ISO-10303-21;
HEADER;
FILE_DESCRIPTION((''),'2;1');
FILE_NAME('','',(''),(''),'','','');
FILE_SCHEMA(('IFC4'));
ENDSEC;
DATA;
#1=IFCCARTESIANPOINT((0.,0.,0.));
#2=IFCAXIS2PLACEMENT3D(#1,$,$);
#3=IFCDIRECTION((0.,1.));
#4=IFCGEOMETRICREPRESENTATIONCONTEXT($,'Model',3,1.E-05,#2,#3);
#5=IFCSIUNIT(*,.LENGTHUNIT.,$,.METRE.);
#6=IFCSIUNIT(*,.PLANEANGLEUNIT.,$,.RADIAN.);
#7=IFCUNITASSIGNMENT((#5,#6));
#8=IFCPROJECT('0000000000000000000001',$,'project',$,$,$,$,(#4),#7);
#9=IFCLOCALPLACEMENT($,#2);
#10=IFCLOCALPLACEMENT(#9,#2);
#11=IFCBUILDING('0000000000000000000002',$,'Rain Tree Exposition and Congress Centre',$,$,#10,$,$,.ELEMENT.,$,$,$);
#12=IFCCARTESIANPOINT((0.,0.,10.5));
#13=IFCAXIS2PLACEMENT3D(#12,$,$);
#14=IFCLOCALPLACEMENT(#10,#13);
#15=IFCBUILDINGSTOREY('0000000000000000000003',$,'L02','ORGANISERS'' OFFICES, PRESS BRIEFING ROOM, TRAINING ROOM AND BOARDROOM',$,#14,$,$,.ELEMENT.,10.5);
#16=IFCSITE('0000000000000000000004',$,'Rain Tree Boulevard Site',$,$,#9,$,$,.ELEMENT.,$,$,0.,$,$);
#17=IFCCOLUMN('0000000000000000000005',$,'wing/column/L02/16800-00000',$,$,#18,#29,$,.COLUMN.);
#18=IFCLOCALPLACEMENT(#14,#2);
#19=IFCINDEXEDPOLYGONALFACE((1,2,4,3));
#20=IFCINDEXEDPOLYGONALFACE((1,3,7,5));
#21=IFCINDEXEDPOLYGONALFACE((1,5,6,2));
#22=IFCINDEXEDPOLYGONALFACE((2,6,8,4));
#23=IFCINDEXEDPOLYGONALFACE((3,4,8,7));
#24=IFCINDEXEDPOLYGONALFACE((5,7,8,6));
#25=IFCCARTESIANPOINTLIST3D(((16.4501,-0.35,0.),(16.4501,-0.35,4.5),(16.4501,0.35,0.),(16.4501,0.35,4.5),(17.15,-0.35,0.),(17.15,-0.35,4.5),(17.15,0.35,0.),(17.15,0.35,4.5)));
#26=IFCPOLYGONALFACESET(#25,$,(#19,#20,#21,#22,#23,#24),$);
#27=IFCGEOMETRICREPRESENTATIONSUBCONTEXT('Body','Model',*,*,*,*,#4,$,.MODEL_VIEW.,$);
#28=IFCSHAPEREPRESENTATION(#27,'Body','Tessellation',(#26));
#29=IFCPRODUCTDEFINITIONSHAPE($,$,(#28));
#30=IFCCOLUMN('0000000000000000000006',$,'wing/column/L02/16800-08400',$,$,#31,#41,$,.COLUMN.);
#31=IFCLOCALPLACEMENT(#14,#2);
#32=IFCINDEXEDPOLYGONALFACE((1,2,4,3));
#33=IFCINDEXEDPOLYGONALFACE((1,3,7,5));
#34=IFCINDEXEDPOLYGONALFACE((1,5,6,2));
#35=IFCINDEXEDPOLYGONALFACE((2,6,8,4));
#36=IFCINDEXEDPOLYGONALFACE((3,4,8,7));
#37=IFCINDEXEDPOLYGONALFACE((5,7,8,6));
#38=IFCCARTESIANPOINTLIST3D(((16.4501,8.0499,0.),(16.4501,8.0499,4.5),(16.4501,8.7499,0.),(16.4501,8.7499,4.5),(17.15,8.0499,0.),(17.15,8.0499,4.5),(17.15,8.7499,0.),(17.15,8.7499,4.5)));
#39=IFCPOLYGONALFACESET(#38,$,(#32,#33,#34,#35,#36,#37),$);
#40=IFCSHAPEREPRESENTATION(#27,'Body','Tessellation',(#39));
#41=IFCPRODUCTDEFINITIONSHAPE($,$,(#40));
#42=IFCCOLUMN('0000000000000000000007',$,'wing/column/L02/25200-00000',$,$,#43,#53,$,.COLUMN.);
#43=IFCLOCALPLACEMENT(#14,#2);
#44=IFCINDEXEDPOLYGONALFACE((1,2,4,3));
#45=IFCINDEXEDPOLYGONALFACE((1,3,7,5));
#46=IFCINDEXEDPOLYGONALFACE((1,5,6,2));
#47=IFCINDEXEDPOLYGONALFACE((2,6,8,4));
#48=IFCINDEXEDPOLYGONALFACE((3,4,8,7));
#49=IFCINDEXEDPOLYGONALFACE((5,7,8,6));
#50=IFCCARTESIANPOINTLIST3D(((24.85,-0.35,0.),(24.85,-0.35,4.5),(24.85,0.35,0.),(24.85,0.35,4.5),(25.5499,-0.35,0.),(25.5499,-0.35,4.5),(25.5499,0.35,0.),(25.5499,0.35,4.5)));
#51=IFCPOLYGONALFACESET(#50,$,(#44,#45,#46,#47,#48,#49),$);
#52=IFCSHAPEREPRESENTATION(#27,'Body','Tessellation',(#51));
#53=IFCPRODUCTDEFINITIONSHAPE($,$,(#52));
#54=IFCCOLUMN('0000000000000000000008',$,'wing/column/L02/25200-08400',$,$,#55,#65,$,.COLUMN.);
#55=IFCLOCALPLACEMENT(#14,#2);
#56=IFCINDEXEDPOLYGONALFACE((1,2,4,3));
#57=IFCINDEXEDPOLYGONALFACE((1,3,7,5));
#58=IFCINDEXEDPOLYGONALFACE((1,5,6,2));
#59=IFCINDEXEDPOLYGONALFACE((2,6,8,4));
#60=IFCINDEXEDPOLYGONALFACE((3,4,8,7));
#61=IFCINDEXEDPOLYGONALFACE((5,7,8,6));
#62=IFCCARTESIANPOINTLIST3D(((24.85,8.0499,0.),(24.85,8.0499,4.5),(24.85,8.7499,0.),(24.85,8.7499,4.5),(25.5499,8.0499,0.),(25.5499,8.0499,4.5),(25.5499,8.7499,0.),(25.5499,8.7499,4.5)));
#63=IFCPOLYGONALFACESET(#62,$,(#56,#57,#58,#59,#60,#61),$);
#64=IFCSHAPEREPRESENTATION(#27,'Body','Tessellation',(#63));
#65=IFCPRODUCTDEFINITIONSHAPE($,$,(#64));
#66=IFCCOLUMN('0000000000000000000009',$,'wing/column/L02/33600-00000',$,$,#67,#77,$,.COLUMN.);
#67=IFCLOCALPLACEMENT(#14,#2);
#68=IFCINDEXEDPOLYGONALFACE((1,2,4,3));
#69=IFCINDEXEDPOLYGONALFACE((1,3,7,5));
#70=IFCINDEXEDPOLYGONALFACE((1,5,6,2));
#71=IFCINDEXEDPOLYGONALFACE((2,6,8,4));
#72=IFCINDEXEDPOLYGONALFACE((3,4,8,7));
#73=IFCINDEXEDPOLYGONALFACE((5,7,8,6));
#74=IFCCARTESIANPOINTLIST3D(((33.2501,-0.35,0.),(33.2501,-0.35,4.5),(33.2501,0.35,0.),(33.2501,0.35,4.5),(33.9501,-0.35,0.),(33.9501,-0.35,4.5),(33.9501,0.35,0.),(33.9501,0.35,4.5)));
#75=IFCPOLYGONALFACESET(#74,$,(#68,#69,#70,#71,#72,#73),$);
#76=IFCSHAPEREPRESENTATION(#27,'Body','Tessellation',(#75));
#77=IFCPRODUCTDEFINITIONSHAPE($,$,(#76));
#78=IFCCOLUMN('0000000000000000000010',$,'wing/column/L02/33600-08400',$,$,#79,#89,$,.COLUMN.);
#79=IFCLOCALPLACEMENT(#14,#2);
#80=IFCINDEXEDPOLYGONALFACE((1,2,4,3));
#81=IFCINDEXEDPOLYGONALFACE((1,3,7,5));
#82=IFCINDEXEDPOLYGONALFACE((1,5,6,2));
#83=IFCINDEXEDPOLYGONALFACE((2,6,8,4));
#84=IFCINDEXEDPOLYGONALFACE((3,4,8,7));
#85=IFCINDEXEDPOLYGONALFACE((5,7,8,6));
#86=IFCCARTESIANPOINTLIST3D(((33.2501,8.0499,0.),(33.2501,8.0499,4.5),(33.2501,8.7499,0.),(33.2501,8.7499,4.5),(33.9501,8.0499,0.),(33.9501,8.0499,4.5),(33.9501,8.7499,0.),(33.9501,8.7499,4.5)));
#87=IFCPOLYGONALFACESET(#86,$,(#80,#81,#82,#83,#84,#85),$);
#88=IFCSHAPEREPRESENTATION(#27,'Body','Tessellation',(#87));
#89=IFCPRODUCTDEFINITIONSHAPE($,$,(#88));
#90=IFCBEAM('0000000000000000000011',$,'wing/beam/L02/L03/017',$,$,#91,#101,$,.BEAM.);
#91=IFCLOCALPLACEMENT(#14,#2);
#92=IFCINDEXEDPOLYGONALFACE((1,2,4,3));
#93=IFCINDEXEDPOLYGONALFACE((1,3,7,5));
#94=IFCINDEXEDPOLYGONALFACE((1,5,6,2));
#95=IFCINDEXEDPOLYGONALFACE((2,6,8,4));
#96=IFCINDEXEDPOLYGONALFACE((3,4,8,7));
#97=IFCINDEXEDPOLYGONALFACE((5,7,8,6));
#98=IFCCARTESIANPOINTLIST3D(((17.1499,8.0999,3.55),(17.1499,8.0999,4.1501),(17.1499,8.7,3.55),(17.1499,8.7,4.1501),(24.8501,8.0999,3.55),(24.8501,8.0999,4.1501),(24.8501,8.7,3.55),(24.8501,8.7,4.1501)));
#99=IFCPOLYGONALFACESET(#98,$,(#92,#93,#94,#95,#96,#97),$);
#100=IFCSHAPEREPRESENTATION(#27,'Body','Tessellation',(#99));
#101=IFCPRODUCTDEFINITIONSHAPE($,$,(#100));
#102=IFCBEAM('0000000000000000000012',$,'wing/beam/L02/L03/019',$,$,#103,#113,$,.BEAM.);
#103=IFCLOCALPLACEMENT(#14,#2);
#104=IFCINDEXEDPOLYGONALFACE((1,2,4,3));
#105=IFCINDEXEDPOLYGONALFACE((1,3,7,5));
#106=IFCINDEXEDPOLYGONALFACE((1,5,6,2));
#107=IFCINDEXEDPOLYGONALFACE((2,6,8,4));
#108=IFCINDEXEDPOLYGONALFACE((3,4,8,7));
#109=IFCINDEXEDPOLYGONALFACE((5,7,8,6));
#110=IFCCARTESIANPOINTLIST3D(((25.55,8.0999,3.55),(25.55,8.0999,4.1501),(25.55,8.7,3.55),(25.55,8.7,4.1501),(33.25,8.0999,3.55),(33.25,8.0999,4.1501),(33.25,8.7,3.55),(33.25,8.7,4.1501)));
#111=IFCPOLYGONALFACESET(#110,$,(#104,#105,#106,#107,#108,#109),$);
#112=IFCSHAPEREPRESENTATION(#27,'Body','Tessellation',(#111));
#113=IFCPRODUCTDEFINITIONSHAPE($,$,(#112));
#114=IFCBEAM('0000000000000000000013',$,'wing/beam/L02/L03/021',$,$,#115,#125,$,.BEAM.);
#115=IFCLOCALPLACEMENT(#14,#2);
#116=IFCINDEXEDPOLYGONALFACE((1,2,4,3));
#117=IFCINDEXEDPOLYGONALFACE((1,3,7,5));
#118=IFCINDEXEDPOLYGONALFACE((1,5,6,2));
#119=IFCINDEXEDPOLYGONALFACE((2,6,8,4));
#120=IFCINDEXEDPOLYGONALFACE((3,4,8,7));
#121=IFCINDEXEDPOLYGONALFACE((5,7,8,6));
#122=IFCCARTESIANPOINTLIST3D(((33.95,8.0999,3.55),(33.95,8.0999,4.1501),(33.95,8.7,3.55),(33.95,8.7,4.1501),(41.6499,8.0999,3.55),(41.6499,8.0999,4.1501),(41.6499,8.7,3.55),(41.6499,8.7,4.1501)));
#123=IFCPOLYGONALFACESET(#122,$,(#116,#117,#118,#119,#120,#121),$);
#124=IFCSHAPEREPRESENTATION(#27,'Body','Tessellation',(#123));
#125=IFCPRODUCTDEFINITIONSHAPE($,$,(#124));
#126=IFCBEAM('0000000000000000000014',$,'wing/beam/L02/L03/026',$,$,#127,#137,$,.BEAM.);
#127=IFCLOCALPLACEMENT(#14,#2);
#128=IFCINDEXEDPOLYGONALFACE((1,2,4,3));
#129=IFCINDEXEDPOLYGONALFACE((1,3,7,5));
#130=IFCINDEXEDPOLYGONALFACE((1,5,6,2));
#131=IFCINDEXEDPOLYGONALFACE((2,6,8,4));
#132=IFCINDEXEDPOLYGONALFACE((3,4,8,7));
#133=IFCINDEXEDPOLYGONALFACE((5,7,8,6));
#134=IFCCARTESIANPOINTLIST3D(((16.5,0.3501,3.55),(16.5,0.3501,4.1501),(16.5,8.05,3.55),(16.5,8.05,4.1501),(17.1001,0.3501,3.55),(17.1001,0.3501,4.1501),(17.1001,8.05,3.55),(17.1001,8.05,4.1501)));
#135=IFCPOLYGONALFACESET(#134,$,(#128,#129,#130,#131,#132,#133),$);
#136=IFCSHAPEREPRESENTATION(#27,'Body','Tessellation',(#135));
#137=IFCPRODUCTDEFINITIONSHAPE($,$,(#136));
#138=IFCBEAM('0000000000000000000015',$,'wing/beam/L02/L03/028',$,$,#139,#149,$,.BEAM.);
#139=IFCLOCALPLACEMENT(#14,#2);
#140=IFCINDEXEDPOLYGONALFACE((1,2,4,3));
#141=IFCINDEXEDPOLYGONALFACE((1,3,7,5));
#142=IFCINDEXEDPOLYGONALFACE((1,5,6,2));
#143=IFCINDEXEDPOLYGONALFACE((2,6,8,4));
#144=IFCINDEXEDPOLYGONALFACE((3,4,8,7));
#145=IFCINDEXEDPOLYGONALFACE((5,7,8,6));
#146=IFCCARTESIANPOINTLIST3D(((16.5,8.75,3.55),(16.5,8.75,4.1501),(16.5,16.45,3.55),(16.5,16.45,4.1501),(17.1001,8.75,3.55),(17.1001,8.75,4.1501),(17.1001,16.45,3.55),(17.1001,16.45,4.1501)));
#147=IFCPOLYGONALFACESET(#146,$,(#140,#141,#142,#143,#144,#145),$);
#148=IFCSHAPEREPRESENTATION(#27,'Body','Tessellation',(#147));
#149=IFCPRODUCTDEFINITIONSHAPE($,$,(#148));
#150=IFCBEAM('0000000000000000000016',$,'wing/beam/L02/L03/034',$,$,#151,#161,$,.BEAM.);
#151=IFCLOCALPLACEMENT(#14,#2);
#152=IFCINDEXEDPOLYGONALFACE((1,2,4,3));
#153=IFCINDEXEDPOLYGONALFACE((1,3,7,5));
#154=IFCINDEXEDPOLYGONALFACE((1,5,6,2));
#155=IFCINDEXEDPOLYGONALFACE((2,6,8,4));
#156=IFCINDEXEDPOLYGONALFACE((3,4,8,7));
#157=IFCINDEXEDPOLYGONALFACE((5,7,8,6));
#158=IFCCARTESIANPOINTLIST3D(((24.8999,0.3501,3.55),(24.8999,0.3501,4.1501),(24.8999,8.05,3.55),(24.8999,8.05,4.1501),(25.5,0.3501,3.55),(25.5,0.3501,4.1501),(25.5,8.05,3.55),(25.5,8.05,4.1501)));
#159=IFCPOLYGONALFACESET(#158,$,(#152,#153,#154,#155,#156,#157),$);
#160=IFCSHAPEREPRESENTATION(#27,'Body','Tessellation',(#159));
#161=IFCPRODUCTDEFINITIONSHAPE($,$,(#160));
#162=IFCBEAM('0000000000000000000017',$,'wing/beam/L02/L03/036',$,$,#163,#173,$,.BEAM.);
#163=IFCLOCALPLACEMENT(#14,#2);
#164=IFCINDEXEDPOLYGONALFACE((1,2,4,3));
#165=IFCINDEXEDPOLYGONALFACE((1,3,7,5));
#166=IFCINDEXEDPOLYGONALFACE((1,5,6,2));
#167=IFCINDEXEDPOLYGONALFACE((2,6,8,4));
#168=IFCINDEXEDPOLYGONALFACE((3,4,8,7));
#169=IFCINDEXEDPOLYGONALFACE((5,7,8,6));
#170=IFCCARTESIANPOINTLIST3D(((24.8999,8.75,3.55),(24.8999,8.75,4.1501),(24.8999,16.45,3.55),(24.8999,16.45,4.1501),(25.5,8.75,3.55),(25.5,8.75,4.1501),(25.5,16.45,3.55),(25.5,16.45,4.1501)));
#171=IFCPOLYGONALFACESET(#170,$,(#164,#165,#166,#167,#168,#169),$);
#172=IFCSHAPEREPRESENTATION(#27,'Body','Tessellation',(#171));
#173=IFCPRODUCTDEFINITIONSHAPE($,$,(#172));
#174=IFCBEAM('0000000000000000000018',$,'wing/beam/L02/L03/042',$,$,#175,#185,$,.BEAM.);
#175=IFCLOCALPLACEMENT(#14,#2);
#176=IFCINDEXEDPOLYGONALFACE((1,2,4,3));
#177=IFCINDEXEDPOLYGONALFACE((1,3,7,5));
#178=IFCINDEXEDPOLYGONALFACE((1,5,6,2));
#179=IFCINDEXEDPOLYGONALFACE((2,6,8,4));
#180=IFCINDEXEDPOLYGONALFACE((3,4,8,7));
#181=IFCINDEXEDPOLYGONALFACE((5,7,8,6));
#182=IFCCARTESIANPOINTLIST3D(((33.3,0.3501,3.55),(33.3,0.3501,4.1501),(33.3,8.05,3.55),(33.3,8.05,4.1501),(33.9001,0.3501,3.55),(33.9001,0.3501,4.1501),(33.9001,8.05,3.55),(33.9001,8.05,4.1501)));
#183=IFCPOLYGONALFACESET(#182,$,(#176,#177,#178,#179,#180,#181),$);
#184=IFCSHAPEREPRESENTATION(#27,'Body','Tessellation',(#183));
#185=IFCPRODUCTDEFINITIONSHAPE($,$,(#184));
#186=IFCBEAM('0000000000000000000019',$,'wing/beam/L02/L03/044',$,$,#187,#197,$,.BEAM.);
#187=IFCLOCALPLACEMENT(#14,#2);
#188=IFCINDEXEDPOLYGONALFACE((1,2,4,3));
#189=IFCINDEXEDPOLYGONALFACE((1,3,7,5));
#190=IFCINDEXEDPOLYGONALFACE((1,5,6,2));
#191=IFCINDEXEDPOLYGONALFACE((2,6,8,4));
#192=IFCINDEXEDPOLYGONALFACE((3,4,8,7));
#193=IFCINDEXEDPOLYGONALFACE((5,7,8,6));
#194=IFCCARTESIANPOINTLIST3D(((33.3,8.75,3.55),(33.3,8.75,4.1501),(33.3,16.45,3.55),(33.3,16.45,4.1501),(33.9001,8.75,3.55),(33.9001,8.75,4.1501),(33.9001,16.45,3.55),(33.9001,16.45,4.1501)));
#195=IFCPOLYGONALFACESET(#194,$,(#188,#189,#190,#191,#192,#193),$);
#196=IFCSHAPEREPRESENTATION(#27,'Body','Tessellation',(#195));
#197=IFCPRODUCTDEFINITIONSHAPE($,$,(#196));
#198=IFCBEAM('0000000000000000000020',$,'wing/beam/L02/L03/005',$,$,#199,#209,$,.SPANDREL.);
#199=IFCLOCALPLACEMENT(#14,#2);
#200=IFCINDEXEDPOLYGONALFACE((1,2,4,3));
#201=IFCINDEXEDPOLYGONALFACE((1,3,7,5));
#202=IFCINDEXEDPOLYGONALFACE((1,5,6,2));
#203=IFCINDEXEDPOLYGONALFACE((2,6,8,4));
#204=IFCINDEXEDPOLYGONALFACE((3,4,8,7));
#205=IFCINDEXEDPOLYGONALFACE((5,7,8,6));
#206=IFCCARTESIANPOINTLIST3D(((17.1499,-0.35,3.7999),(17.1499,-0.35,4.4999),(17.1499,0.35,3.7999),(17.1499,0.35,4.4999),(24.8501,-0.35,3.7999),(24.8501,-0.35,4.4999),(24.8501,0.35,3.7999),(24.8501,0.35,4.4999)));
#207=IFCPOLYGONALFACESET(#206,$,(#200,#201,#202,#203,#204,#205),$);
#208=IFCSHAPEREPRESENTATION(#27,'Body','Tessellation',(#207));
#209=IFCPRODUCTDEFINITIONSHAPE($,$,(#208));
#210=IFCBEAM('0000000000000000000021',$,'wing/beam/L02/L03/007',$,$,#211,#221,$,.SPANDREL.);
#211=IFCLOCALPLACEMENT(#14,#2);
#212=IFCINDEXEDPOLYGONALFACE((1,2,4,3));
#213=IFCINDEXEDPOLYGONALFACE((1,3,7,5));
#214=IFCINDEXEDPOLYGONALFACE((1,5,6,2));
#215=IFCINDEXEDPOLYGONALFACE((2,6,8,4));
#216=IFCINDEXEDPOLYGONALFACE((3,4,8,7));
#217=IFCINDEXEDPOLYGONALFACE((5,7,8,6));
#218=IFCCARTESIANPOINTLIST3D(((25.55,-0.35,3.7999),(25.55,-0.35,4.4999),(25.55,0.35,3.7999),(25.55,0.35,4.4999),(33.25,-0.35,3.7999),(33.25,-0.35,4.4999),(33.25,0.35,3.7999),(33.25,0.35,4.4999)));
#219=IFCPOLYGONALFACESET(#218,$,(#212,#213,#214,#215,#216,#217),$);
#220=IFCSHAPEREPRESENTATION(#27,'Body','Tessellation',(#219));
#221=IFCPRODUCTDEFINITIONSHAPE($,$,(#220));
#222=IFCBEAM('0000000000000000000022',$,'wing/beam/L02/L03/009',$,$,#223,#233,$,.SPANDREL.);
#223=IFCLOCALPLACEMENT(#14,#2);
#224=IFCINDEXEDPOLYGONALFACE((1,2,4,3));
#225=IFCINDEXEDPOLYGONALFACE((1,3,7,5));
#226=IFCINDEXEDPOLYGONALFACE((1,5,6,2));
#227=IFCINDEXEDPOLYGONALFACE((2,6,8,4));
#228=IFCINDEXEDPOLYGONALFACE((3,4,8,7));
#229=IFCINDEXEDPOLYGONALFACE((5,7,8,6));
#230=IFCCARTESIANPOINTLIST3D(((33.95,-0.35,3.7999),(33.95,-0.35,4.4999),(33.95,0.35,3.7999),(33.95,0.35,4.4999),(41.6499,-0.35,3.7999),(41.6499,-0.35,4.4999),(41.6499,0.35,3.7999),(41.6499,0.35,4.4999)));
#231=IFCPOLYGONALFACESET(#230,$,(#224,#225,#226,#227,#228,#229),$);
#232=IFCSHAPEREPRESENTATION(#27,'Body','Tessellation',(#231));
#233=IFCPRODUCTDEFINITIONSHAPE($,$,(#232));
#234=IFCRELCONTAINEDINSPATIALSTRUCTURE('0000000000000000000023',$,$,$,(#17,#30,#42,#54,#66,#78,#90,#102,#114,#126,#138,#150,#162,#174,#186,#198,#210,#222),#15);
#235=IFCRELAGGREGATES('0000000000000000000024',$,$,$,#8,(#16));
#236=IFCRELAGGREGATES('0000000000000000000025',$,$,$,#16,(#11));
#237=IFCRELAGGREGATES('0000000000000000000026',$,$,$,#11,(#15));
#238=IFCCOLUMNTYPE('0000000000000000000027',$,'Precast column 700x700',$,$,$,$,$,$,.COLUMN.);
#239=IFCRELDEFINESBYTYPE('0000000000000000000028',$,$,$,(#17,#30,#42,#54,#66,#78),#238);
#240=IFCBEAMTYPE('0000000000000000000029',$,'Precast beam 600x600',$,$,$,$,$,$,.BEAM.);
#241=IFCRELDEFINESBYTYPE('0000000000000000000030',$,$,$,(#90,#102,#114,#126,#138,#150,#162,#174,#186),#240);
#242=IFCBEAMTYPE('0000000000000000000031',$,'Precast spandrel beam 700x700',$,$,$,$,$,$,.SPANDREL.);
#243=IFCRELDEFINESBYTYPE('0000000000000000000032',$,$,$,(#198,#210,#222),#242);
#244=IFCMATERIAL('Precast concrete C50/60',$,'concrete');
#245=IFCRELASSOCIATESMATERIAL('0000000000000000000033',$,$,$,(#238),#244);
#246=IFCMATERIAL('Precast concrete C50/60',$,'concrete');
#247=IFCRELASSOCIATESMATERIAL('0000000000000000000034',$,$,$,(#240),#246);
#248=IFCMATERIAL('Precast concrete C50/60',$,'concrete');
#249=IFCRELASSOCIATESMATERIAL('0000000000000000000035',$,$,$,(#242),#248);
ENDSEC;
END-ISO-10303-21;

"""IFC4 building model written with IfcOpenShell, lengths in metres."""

from ifc_helpers import new_model, si_unit, direction, frame, origin, origin_2d, place, context, subcontext, project, spatial, rectangle, extrude, material, material_profile, profile_set, type_object, element, save


model = new_model("IFC4")

# Units and contexts
model_context = context("Model", 3, precision=1e-05, world=origin(), true_north=direction((0.0, 1.0)))
body_context = subcontext(model_context, "Body", "Model", "MODEL_VIEW")
ifc_project = project(units=[si_unit("LENGTHUNIT", "METRE"), si_unit("PLANEANGLEUNIT", "RADIAN")], contexts=[model_context])

# Site, building, storey
site_placement = place(None, origin())
site = spatial("IfcSite", under=ifc_project, at=site_placement, Name="Rain Tree Boulevard Site", CompositionType="ELEMENT", RefElevation=0.0)
building_placement = place(site_placement, origin())
building = spatial("IfcBuilding", under=site, at=building_placement, Name="Rain Tree Exposition and Congress Centre", CompositionType="ELEMENT")
storey_placement = place(building_placement, frame((0.0, 0.0, 10.5)))
storey = spatial("IfcBuildingStorey", under=building, at=storey_placement, Name="L02", Description="ORGANISERS' OFFICES, PRESS BRIEFING ROOM, TRAINING ROOM AND BOARDROOM", CompositionType="ELEMENT", Elevation=10.5)

# Columns
ifc_material_1 = material(Name="Precast concrete C50/60", Category="concrete")
ifc_material_profile_1 = material_profile(ifc_material_1, rectangle(XDim=0.7, YDim=0.7, at=origin_2d()), Name="RC 700x700")
ifc_profile_set_1 = profile_set([ifc_material_profile_1], Name="Precast concrete C50/60")
column_type = type_object("IfcColumnType", Name="Precast column 700x700", PredefinedType="COLUMN", material=ifc_profile_set_1)
for number, where, z_axis, x_axis, name in (
    (1, (16.8, 0.0, 0.0), (0.0, 0.0, 1.0), (1.0, 0.0, 0.0), "wing/column/L02/16800-00000"),
    (2, (16.8, 8.3999, 0.0), (0.0, 0.0, 1.0), (1.0, 0.0, 0.0), "wing/column/L02/16800-08400"),
    (3, (25.2, 0.0, 0.0), (0.0, 0.0, 1.0), (1.0, 0.0, 0.0), "wing/column/L02/25200-00000"),
    (4, (25.2, 8.3999, 0.0), (0.0, 0.0, 1.0), (1.0, 0.0, 0.0), "wing/column/L02/25200-08400"),
    (5, (33.6001, 0.0, 0.0), (0.0, 0.0, 1.0), (1.0, 0.0, 0.0), "wing/column/L02/33600-00000"),
    (6, (33.6001, 8.3999, 0.0), (0.0, 0.0, 1.0), (1.0, 0.0, 0.0), "wing/column/L02/33600-08400"),
):
    element("IfcColumn", number, at=place(storey_placement, frame(where, z_axis=z_axis, x_axis=x_axis)), inside=storey, type_object=column_type, Name=name, PredefinedType="COLUMN", context=body_context, shape_type="SweptSolid", body=[
        extrude(rectangle(XDim=0.7, YDim=0.7, at=origin_2d()), origin(), (0.0, 0.0, 1.0), 4.5),
    ])

# Beams
ifc_material_2 = material(Name="Precast concrete C50/60", Category="concrete")
ifc_material_profile_2 = material_profile(ifc_material_2, rectangle(XDim=0.6001, YDim=0.6001, at=origin_2d()), Name="RC 600x600")
ifc_profile_set_2 = profile_set([ifc_material_profile_2], Name="Precast concrete C50/60")
beam_type_1 = type_object("IfcBeamType", Name="Precast beam 600x600", PredefinedType="BEAM", material=ifc_profile_set_2)
beam_1_placement = place(storey_placement, frame((17.1499, 8.3999, 3.8501), z_axis=(1.0, 0.0, 0.0), x_axis=(0.0, 1.0, 0.0)))
element("IfcBeam", 7, at=beam_1_placement, inside=storey, type_object=beam_type_1, Name="wing/beam/L02/L03/017", PredefinedType="BEAM", context=body_context, shape_type="SweptSolid", body=[
    extrude(rectangle(XDim=0.6001, YDim=0.6001, at=origin_2d()), origin(), (0.0, 0.0, 1.0), 7.7002),
])
for number, where, z_axis, x_axis, name in (
    (8, (25.55, 8.3999, 3.8501), (1.0, 0.0, 0.0), (0.0, 1.0, 0.0), "wing/beam/L02/L03/019"),
    (9, (33.95, 8.3999, 3.8501), (1.0, 0.0, 0.0), (0.0, 1.0, 0.0), "wing/beam/L02/L03/021"),
    (10, (16.8, 0.3501, 3.8501), (0.0, 1.0, 0.0), (-1.0, 0.0, 0.0), "wing/beam/L02/L03/026"),
    (11, (16.8, 8.75, 3.8501), (0.0, 1.0, 0.0), (-1.0, 0.0, 0.0), "wing/beam/L02/L03/028"),
    (12, (25.2, 0.3501, 3.8501), (0.0, 1.0, 0.0), (-1.0, 0.0, 0.0), "wing/beam/L02/L03/034"),
    (13, (25.2, 8.75, 3.8501), (0.0, 1.0, 0.0), (-1.0, 0.0, 0.0), "wing/beam/L02/L03/036"),
    (14, (33.6001, 0.3501, 3.8501), (0.0, 1.0, 0.0), (-1.0, 0.0, 0.0), "wing/beam/L02/L03/042"),
    (15, (33.6001, 8.75, 3.8501), (0.0, 1.0, 0.0), (-1.0, 0.0, 0.0), "wing/beam/L02/L03/044"),
):
    element("IfcBeam", number, at=place(storey_placement, frame(where, z_axis=z_axis, x_axis=x_axis)), inside=storey, type_object=beam_type_1, Name=name, PredefinedType="BEAM", context=body_context, shape_type="SweptSolid", body=[
        extrude(rectangle(XDim=0.6001, YDim=0.6001, at=origin_2d()), origin(), (0.0, 0.0, 1.0), 7.7),
    ])
ifc_material_3 = material(Name="Precast concrete C50/60", Category="concrete")
ifc_material_profile_3 = material_profile(ifc_material_3, rectangle(XDim=0.7, YDim=0.7, at=origin_2d()), Name="RC 700x700")
ifc_profile_set_3 = profile_set([ifc_material_profile_3], Name="Precast concrete C50/60")
beam_type_2 = type_object("IfcBeamType", Name="Precast spandrel beam 700x700", PredefinedType="SPANDREL", material=ifc_profile_set_3)
beam_2_placement = place(storey_placement, frame((17.1499, 0.0, 4.1499), z_axis=(1.0, 0.0, 0.0), x_axis=(0.0, 1.0, 0.0)))
element("IfcBeam", 16, at=beam_2_placement, inside=storey, type_object=beam_type_2, Name="wing/beam/L02/L03/005", PredefinedType="SPANDREL", context=body_context, shape_type="SweptSolid", body=[
    extrude(rectangle(XDim=0.7, YDim=0.7, at=origin_2d()), origin(), (0.0, 0.0, 1.0), 7.7002),
])
for number, where, z_axis, x_axis, name in (
    (17, (25.55, 0.0, 4.1499), (1.0, 0.0, 0.0), (0.0, 1.0, 0.0), "wing/beam/L02/L03/007"),
    (18, (33.95, 0.0, 4.1499), (1.0, 0.0, 0.0), (0.0, 1.0, 0.0), "wing/beam/L02/L03/009"),
):
    element("IfcBeam", number, at=place(storey_placement, frame(where, z_axis=z_axis, x_axis=x_axis)), inside=storey, type_object=beam_type_2, Name=name, PredefinedType="SPANDREL", context=body_context, shape_type="SweptSolid", body=[
        extrude(rectangle(XDim=0.7, YDim=0.7, at=origin_2d()), origin(), (0.0, 0.0, 1.0), 7.7),
    ])

save(model, "model.ifc")
